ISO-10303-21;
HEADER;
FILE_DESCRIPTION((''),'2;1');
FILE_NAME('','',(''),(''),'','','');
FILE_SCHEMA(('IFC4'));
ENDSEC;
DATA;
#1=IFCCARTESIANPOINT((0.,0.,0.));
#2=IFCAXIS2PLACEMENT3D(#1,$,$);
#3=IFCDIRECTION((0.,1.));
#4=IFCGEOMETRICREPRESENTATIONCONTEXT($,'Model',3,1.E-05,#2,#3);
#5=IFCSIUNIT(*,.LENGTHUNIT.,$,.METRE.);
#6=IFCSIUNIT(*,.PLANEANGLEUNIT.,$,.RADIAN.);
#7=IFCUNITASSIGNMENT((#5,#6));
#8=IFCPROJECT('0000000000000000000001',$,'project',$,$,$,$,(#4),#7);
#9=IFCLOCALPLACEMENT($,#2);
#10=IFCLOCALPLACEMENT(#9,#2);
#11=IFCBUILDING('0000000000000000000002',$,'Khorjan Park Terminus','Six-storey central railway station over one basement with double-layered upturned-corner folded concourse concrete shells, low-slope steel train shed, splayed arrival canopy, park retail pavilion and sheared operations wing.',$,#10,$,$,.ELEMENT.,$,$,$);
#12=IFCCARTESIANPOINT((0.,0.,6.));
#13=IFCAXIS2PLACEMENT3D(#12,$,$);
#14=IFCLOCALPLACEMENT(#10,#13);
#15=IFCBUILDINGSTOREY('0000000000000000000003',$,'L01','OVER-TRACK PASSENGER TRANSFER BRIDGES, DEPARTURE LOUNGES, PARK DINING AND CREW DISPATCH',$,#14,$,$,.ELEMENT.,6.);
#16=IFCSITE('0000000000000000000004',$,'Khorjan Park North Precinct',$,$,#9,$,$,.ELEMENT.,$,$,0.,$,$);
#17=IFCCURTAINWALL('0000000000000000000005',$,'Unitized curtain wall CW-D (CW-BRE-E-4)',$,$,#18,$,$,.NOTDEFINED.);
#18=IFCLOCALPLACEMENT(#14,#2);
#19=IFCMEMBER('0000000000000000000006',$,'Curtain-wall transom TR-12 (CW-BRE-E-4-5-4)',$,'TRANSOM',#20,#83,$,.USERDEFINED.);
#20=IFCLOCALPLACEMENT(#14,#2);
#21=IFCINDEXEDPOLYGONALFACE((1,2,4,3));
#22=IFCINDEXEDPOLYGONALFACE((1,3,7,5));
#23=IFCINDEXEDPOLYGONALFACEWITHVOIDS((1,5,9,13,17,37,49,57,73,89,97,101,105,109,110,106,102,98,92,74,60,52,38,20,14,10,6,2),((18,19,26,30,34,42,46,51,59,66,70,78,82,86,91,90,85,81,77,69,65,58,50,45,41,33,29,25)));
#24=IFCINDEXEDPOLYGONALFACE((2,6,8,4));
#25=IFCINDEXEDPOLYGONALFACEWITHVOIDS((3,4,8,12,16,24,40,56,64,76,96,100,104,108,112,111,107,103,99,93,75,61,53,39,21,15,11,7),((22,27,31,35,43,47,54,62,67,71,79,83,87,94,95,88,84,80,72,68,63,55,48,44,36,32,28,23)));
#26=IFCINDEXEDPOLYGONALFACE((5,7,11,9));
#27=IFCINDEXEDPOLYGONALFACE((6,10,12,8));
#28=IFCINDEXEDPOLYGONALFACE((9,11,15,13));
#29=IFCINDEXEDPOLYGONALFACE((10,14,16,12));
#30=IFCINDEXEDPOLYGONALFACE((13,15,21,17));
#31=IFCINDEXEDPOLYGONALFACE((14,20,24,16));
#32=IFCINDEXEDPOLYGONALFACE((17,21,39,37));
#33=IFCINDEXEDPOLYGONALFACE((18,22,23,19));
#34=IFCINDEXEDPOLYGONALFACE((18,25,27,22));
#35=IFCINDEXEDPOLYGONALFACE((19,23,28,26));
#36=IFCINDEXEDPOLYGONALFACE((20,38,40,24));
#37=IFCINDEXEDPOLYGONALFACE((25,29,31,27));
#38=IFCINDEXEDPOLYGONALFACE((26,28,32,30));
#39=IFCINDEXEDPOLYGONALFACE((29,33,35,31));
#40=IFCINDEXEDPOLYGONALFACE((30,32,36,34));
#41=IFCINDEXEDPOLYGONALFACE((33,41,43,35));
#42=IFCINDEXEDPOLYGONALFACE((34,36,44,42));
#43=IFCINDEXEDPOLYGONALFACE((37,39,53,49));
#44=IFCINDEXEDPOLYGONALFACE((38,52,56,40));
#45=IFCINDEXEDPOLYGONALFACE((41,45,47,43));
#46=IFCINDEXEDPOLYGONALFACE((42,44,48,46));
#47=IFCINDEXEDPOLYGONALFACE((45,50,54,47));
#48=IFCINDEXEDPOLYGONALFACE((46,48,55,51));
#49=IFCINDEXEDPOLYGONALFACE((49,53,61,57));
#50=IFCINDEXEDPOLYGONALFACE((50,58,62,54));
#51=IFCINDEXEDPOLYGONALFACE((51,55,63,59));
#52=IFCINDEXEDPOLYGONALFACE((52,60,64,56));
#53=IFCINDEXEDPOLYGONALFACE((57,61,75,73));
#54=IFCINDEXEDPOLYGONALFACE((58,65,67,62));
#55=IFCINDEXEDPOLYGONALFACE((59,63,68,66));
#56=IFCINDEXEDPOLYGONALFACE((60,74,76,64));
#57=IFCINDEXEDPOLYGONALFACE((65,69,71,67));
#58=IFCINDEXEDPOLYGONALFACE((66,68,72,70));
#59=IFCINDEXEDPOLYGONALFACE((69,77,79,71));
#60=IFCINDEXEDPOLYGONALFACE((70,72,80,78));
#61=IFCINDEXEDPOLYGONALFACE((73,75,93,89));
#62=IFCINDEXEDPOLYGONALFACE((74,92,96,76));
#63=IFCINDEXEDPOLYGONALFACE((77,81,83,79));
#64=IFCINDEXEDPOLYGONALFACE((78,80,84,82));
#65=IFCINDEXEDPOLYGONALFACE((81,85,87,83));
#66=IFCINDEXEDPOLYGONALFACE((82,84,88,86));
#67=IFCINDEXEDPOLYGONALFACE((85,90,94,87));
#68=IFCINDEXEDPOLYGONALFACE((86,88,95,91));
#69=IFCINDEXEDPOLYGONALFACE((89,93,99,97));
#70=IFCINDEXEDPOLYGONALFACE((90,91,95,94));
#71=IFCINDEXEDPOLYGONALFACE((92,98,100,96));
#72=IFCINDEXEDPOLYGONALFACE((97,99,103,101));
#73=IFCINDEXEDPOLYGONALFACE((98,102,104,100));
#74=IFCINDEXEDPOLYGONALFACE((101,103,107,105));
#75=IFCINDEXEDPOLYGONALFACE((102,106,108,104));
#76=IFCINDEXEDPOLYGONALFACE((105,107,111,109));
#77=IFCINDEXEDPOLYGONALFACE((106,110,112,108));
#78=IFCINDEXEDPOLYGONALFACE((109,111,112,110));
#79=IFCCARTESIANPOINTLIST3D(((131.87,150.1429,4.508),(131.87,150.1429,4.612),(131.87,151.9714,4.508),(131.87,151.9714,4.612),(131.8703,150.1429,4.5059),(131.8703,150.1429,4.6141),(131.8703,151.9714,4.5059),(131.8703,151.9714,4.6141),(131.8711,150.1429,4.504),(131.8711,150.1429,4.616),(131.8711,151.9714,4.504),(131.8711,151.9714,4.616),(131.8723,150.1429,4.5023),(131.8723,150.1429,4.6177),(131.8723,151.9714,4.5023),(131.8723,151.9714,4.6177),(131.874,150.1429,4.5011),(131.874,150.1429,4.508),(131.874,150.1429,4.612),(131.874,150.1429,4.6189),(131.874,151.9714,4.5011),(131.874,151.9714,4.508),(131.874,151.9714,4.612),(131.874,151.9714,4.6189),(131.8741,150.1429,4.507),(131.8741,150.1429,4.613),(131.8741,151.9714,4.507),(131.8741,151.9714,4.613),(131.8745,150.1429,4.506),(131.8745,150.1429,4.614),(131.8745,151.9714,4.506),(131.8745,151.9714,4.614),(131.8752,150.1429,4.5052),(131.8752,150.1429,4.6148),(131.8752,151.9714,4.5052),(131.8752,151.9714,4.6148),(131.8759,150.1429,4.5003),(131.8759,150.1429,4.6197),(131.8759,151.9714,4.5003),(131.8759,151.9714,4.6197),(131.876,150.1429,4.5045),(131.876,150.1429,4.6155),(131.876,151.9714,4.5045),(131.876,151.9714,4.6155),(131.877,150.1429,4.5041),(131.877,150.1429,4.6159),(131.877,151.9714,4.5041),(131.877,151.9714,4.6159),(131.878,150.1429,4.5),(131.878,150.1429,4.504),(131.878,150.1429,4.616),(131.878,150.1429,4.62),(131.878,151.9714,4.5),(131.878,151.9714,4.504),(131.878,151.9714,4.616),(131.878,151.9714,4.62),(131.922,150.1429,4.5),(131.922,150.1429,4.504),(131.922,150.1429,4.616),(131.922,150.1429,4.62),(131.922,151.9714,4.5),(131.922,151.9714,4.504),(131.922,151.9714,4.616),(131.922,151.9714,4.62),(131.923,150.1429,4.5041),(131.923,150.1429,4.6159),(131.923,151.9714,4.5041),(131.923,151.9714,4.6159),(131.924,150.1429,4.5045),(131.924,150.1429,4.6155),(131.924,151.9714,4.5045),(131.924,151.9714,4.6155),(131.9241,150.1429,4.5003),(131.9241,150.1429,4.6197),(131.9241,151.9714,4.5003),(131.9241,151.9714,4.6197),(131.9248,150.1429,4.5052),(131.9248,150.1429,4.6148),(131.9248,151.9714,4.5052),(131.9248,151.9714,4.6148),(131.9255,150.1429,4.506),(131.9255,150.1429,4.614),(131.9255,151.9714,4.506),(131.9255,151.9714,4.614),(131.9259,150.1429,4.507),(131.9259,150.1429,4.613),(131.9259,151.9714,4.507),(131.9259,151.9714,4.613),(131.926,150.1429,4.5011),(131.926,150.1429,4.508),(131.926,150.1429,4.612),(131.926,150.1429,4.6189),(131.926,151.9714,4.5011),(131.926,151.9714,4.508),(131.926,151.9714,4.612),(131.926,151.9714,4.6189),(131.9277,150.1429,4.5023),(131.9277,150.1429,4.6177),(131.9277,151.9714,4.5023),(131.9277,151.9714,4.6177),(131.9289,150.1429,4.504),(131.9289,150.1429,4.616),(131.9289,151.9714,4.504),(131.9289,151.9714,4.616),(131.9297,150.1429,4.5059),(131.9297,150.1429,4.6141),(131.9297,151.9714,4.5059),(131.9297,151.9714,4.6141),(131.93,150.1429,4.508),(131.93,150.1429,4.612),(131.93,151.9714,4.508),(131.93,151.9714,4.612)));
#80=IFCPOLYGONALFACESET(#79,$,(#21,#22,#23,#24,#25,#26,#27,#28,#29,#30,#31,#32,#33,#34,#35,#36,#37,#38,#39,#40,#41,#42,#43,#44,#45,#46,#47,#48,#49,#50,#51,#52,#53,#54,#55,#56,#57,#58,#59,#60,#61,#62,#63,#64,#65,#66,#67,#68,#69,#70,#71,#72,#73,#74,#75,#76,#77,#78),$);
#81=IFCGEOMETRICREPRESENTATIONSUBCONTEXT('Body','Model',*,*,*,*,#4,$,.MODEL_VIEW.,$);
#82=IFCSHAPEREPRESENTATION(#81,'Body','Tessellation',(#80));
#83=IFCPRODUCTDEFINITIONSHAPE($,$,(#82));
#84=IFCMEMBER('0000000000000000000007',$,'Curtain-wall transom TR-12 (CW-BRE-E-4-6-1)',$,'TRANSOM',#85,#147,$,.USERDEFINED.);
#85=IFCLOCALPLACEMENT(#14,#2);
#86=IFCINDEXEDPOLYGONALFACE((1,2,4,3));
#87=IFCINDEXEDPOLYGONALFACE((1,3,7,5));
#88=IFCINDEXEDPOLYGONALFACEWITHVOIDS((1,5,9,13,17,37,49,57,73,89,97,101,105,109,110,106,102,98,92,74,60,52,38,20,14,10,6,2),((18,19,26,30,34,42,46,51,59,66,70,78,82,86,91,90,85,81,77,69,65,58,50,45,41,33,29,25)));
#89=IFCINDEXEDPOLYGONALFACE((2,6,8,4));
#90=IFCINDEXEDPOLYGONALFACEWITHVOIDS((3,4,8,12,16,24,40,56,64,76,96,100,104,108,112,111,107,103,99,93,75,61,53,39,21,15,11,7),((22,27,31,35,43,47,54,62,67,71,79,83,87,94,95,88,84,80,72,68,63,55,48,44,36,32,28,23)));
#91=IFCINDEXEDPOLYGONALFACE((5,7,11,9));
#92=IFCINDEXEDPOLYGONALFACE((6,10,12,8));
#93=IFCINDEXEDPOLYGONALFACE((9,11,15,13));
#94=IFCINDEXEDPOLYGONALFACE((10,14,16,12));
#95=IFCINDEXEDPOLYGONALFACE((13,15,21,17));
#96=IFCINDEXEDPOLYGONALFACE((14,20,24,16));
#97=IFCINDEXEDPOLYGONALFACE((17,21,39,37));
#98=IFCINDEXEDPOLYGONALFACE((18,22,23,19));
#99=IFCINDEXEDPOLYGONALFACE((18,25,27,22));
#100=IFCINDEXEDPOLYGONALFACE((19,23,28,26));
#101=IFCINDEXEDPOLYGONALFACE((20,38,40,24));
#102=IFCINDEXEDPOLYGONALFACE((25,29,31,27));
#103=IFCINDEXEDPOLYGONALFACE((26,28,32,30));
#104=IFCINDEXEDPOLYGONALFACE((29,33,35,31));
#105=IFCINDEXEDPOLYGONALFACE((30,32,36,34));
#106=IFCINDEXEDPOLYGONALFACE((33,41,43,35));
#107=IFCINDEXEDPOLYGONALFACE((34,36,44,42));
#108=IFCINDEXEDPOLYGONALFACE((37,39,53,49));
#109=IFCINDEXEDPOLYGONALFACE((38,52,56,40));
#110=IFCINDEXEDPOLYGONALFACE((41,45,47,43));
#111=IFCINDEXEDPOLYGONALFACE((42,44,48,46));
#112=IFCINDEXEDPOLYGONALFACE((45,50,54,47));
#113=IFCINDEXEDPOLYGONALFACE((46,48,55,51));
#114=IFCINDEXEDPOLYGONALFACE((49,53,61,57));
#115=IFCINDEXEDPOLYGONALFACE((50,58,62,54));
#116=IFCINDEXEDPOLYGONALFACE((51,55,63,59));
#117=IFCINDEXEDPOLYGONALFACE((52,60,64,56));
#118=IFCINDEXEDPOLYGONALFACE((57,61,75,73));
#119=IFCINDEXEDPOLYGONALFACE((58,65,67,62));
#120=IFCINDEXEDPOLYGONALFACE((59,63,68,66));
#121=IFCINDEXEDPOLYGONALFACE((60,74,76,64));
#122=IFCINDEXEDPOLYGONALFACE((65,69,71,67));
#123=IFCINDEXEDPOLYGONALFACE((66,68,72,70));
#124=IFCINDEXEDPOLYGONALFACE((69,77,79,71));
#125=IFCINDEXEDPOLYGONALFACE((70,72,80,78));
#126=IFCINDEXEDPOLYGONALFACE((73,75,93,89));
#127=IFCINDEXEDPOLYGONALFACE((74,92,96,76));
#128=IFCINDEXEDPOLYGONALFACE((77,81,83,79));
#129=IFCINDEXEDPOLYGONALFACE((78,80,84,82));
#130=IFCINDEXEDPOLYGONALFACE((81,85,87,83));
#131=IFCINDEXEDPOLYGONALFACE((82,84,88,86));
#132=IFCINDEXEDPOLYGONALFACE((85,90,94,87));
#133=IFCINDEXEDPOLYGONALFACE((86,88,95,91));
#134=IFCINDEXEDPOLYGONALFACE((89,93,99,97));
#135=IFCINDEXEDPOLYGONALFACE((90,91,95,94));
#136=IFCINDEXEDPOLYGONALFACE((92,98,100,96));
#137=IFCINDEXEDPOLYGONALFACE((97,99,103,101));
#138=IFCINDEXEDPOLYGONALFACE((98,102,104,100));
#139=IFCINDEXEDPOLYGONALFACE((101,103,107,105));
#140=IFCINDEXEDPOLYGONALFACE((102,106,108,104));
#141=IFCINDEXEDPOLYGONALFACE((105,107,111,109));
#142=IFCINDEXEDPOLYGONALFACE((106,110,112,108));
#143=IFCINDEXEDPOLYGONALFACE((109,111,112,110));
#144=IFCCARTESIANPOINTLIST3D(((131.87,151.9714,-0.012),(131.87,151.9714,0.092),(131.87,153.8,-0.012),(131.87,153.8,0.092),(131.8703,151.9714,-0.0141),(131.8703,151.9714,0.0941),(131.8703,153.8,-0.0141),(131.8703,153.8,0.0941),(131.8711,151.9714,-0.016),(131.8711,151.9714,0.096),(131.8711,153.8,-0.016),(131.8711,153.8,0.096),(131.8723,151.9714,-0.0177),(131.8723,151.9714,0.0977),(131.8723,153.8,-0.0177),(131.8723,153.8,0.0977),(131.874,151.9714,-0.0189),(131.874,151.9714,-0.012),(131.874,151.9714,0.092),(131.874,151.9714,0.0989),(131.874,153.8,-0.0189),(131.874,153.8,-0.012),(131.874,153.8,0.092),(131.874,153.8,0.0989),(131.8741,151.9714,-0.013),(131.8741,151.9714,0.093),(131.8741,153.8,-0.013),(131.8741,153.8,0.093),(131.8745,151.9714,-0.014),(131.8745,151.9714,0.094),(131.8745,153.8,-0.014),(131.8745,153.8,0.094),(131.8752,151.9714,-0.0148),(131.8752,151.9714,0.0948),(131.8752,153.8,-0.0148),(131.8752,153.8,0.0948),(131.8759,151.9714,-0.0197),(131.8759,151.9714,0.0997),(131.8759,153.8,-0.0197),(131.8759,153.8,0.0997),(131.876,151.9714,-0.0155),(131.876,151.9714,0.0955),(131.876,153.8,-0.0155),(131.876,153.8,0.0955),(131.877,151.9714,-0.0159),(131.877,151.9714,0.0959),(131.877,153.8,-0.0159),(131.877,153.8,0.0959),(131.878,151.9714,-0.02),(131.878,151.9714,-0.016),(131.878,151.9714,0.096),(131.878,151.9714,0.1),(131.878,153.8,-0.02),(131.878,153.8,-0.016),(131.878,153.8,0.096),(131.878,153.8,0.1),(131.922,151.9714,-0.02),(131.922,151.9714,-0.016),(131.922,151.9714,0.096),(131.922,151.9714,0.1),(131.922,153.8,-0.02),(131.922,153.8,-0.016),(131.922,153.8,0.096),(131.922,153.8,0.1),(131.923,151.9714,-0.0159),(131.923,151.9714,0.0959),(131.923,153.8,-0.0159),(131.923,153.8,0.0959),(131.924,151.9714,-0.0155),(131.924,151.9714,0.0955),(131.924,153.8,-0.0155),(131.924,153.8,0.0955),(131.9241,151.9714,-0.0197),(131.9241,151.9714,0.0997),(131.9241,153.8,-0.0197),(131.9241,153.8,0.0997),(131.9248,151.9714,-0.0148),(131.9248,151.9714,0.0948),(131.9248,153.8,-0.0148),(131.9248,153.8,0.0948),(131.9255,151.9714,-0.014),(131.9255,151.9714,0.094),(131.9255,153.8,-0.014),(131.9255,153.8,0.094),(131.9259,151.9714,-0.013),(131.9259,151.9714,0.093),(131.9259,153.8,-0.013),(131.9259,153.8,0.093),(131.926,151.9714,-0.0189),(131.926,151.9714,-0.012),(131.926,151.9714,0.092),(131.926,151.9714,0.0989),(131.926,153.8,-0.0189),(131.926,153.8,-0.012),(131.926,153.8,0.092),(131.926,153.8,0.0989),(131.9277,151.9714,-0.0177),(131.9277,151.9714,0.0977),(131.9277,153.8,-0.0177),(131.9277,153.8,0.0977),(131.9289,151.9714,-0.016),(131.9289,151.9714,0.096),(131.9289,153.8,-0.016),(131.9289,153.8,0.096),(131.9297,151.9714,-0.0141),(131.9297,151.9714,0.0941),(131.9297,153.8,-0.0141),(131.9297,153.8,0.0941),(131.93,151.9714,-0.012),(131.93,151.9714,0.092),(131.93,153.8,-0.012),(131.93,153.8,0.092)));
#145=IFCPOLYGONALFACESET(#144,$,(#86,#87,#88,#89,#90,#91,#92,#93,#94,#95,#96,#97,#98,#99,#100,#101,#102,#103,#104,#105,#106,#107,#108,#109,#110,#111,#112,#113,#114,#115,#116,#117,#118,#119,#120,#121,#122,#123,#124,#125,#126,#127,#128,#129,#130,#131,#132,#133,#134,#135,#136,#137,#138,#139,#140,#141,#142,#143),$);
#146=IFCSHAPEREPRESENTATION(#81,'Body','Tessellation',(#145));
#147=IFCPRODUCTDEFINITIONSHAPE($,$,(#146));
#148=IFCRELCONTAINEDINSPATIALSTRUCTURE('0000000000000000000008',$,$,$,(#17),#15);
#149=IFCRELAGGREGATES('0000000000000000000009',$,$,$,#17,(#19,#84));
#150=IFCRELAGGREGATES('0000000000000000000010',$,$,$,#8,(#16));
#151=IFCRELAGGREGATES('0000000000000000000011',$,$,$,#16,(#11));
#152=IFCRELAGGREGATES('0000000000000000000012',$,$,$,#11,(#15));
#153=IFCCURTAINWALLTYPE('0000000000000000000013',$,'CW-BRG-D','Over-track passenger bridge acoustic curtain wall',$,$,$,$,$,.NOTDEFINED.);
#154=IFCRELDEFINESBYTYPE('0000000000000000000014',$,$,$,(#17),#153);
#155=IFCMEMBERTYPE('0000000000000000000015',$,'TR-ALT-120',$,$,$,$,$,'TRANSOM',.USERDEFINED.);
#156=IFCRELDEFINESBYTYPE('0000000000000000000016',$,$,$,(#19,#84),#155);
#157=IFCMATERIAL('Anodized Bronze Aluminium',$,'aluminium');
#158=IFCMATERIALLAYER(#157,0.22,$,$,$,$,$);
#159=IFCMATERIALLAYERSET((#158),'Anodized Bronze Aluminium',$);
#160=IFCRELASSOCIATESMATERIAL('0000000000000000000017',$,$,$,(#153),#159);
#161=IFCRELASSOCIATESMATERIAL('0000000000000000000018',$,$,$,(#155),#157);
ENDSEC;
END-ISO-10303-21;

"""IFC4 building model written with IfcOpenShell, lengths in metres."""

from ifc_helpers import new_model, si_unit, direction, frame, origin, origin_2d, place, context, subcontext, project, spatial, hollow_rectangle, extrude, material, layer, layer_set, material_profile, profile_set, type_object, element, aggregate, save


model = new_model("IFC4")

# Units and contexts
model_context = context("Model", 3, precision=1e-05, world=origin(), true_north=direction((0.0, 1.0)))
body_context = subcontext(model_context, "Body", "Model", "MODEL_VIEW")
ifc_project = project(units=[si_unit("LENGTHUNIT", "METRE"), si_unit("PLANEANGLEUNIT", "RADIAN")], contexts=[model_context])

# Site, building, storey
site_placement = place(None, origin())
site = spatial("IfcSite", under=ifc_project, at=site_placement, Name="Khorjan Park North Precinct", CompositionType="ELEMENT", RefElevation=0.0)
building_placement = place(site_placement, origin())
building = spatial("IfcBuilding", under=site, at=building_placement, Name="Khorjan Park Terminus", Description="Six-storey central railway station over one basement with double-layered upturned-corner folded concourse concrete shells, low-slope steel train shed, splayed arrival canopy, park retail pavilion and sheared operations wing.", CompositionType="ELEMENT")
storey_placement = place(building_placement, frame((0.0, 0.0, 6.0)))
storey = spatial("IfcBuildingStorey", under=building, at=storey_placement, Name="L01", Description="OVER-TRACK PASSENGER TRANSFER BRIDGES, DEPARTURE LOUNGES, PARK DINING AND CREW DISPATCH", CompositionType="ELEMENT", Elevation=6.0)

# Curtain wall, members
ifc_material_1 = material(Name="Anodized Bronze Aluminium", Category="aluminium")
ifc_layer_1 = layer(ifc_material_1, 0.22)
ifc_layer_set_1 = layer_set([ifc_layer_1], Name="Anodized Bronze Aluminium")
curtain_wall_type = type_object("IfcCurtainWallType", Name="CW-BRG-D", Description="Over-track passenger bridge acoustic curtain wall", PredefinedType="NOTDEFINED", material=ifc_layer_set_1)
curtain_wall_placement = place(storey_placement, origin())
curtain_wall = element("IfcCurtainWall", 1, at=curtain_wall_placement, inside=storey, type_object=curtain_wall_type, Name="Unitized curtain wall CW-D (CW-BRE-E-4)", PredefinedType="NOTDEFINED")
ifc_material_profile_1 = material_profile(ifc_material_1, hollow_rectangle(XDim=0.06, YDim=0.12, WallThickness=0.004, InnerFilletRadius=0.004, OuterFilletRadius=0.008, at=origin_2d()), Name="ALT 60x120x4")
ifc_profile_set_1 = profile_set([ifc_material_profile_1], Name="Anodized Bronze Aluminium")
member_type_1 = type_object("IfcMemberType", Name="TR-ALT-120", ElementType="TRANSOM", PredefinedType="USERDEFINED", material=ifc_profile_set_1)
member_1_placement = place(storey_placement, frame((131.9, 150.1429, 4.56), z_axis=(0.0, 1.0, 0.0), x_axis=(-1.0, 0.0, 0.0)))
member_1 = element("IfcMember", 2, at=member_1_placement, type_object=member_type_1, Name="Curtain-wall transom TR-12 (CW-BRE-E-4-5-4)", ObjectType="TRANSOM", PredefinedType="USERDEFINED", context=body_context, shape_type="SweptSolid", body=[
    extrude(hollow_rectangle(XDim=0.06, YDim=0.12, WallThickness=0.004, InnerFilletRadius=0.004, OuterFilletRadius=0.008, at=origin_2d()), origin(), (0.0, 0.0, 1.0), 1.8285),
])
member_2_placement = place(storey_placement, frame((131.9, 151.9714, 0.04), z_axis=(0.0, 1.0, 0.0), x_axis=(-1.0, 0.0, 0.0)))
member_2 = element("IfcMember", 3, at=member_2_placement, type_object=member_type_1, Name="Curtain-wall transom TR-12 (CW-BRE-E-4-6-1)", ObjectType="TRANSOM", PredefinedType="USERDEFINED", context=body_context, shape_type="SweptSolid", body=[
    extrude(hollow_rectangle(XDim=0.06, YDim=0.12, WallThickness=0.004, InnerFilletRadius=0.004, OuterFilletRadius=0.008, at=origin_2d()), origin(), (0.0, 0.0, 1.0), 1.8286),
])
aggregate(curtain_wall, [member_1, member_2])

save(model, "model.ifc")
